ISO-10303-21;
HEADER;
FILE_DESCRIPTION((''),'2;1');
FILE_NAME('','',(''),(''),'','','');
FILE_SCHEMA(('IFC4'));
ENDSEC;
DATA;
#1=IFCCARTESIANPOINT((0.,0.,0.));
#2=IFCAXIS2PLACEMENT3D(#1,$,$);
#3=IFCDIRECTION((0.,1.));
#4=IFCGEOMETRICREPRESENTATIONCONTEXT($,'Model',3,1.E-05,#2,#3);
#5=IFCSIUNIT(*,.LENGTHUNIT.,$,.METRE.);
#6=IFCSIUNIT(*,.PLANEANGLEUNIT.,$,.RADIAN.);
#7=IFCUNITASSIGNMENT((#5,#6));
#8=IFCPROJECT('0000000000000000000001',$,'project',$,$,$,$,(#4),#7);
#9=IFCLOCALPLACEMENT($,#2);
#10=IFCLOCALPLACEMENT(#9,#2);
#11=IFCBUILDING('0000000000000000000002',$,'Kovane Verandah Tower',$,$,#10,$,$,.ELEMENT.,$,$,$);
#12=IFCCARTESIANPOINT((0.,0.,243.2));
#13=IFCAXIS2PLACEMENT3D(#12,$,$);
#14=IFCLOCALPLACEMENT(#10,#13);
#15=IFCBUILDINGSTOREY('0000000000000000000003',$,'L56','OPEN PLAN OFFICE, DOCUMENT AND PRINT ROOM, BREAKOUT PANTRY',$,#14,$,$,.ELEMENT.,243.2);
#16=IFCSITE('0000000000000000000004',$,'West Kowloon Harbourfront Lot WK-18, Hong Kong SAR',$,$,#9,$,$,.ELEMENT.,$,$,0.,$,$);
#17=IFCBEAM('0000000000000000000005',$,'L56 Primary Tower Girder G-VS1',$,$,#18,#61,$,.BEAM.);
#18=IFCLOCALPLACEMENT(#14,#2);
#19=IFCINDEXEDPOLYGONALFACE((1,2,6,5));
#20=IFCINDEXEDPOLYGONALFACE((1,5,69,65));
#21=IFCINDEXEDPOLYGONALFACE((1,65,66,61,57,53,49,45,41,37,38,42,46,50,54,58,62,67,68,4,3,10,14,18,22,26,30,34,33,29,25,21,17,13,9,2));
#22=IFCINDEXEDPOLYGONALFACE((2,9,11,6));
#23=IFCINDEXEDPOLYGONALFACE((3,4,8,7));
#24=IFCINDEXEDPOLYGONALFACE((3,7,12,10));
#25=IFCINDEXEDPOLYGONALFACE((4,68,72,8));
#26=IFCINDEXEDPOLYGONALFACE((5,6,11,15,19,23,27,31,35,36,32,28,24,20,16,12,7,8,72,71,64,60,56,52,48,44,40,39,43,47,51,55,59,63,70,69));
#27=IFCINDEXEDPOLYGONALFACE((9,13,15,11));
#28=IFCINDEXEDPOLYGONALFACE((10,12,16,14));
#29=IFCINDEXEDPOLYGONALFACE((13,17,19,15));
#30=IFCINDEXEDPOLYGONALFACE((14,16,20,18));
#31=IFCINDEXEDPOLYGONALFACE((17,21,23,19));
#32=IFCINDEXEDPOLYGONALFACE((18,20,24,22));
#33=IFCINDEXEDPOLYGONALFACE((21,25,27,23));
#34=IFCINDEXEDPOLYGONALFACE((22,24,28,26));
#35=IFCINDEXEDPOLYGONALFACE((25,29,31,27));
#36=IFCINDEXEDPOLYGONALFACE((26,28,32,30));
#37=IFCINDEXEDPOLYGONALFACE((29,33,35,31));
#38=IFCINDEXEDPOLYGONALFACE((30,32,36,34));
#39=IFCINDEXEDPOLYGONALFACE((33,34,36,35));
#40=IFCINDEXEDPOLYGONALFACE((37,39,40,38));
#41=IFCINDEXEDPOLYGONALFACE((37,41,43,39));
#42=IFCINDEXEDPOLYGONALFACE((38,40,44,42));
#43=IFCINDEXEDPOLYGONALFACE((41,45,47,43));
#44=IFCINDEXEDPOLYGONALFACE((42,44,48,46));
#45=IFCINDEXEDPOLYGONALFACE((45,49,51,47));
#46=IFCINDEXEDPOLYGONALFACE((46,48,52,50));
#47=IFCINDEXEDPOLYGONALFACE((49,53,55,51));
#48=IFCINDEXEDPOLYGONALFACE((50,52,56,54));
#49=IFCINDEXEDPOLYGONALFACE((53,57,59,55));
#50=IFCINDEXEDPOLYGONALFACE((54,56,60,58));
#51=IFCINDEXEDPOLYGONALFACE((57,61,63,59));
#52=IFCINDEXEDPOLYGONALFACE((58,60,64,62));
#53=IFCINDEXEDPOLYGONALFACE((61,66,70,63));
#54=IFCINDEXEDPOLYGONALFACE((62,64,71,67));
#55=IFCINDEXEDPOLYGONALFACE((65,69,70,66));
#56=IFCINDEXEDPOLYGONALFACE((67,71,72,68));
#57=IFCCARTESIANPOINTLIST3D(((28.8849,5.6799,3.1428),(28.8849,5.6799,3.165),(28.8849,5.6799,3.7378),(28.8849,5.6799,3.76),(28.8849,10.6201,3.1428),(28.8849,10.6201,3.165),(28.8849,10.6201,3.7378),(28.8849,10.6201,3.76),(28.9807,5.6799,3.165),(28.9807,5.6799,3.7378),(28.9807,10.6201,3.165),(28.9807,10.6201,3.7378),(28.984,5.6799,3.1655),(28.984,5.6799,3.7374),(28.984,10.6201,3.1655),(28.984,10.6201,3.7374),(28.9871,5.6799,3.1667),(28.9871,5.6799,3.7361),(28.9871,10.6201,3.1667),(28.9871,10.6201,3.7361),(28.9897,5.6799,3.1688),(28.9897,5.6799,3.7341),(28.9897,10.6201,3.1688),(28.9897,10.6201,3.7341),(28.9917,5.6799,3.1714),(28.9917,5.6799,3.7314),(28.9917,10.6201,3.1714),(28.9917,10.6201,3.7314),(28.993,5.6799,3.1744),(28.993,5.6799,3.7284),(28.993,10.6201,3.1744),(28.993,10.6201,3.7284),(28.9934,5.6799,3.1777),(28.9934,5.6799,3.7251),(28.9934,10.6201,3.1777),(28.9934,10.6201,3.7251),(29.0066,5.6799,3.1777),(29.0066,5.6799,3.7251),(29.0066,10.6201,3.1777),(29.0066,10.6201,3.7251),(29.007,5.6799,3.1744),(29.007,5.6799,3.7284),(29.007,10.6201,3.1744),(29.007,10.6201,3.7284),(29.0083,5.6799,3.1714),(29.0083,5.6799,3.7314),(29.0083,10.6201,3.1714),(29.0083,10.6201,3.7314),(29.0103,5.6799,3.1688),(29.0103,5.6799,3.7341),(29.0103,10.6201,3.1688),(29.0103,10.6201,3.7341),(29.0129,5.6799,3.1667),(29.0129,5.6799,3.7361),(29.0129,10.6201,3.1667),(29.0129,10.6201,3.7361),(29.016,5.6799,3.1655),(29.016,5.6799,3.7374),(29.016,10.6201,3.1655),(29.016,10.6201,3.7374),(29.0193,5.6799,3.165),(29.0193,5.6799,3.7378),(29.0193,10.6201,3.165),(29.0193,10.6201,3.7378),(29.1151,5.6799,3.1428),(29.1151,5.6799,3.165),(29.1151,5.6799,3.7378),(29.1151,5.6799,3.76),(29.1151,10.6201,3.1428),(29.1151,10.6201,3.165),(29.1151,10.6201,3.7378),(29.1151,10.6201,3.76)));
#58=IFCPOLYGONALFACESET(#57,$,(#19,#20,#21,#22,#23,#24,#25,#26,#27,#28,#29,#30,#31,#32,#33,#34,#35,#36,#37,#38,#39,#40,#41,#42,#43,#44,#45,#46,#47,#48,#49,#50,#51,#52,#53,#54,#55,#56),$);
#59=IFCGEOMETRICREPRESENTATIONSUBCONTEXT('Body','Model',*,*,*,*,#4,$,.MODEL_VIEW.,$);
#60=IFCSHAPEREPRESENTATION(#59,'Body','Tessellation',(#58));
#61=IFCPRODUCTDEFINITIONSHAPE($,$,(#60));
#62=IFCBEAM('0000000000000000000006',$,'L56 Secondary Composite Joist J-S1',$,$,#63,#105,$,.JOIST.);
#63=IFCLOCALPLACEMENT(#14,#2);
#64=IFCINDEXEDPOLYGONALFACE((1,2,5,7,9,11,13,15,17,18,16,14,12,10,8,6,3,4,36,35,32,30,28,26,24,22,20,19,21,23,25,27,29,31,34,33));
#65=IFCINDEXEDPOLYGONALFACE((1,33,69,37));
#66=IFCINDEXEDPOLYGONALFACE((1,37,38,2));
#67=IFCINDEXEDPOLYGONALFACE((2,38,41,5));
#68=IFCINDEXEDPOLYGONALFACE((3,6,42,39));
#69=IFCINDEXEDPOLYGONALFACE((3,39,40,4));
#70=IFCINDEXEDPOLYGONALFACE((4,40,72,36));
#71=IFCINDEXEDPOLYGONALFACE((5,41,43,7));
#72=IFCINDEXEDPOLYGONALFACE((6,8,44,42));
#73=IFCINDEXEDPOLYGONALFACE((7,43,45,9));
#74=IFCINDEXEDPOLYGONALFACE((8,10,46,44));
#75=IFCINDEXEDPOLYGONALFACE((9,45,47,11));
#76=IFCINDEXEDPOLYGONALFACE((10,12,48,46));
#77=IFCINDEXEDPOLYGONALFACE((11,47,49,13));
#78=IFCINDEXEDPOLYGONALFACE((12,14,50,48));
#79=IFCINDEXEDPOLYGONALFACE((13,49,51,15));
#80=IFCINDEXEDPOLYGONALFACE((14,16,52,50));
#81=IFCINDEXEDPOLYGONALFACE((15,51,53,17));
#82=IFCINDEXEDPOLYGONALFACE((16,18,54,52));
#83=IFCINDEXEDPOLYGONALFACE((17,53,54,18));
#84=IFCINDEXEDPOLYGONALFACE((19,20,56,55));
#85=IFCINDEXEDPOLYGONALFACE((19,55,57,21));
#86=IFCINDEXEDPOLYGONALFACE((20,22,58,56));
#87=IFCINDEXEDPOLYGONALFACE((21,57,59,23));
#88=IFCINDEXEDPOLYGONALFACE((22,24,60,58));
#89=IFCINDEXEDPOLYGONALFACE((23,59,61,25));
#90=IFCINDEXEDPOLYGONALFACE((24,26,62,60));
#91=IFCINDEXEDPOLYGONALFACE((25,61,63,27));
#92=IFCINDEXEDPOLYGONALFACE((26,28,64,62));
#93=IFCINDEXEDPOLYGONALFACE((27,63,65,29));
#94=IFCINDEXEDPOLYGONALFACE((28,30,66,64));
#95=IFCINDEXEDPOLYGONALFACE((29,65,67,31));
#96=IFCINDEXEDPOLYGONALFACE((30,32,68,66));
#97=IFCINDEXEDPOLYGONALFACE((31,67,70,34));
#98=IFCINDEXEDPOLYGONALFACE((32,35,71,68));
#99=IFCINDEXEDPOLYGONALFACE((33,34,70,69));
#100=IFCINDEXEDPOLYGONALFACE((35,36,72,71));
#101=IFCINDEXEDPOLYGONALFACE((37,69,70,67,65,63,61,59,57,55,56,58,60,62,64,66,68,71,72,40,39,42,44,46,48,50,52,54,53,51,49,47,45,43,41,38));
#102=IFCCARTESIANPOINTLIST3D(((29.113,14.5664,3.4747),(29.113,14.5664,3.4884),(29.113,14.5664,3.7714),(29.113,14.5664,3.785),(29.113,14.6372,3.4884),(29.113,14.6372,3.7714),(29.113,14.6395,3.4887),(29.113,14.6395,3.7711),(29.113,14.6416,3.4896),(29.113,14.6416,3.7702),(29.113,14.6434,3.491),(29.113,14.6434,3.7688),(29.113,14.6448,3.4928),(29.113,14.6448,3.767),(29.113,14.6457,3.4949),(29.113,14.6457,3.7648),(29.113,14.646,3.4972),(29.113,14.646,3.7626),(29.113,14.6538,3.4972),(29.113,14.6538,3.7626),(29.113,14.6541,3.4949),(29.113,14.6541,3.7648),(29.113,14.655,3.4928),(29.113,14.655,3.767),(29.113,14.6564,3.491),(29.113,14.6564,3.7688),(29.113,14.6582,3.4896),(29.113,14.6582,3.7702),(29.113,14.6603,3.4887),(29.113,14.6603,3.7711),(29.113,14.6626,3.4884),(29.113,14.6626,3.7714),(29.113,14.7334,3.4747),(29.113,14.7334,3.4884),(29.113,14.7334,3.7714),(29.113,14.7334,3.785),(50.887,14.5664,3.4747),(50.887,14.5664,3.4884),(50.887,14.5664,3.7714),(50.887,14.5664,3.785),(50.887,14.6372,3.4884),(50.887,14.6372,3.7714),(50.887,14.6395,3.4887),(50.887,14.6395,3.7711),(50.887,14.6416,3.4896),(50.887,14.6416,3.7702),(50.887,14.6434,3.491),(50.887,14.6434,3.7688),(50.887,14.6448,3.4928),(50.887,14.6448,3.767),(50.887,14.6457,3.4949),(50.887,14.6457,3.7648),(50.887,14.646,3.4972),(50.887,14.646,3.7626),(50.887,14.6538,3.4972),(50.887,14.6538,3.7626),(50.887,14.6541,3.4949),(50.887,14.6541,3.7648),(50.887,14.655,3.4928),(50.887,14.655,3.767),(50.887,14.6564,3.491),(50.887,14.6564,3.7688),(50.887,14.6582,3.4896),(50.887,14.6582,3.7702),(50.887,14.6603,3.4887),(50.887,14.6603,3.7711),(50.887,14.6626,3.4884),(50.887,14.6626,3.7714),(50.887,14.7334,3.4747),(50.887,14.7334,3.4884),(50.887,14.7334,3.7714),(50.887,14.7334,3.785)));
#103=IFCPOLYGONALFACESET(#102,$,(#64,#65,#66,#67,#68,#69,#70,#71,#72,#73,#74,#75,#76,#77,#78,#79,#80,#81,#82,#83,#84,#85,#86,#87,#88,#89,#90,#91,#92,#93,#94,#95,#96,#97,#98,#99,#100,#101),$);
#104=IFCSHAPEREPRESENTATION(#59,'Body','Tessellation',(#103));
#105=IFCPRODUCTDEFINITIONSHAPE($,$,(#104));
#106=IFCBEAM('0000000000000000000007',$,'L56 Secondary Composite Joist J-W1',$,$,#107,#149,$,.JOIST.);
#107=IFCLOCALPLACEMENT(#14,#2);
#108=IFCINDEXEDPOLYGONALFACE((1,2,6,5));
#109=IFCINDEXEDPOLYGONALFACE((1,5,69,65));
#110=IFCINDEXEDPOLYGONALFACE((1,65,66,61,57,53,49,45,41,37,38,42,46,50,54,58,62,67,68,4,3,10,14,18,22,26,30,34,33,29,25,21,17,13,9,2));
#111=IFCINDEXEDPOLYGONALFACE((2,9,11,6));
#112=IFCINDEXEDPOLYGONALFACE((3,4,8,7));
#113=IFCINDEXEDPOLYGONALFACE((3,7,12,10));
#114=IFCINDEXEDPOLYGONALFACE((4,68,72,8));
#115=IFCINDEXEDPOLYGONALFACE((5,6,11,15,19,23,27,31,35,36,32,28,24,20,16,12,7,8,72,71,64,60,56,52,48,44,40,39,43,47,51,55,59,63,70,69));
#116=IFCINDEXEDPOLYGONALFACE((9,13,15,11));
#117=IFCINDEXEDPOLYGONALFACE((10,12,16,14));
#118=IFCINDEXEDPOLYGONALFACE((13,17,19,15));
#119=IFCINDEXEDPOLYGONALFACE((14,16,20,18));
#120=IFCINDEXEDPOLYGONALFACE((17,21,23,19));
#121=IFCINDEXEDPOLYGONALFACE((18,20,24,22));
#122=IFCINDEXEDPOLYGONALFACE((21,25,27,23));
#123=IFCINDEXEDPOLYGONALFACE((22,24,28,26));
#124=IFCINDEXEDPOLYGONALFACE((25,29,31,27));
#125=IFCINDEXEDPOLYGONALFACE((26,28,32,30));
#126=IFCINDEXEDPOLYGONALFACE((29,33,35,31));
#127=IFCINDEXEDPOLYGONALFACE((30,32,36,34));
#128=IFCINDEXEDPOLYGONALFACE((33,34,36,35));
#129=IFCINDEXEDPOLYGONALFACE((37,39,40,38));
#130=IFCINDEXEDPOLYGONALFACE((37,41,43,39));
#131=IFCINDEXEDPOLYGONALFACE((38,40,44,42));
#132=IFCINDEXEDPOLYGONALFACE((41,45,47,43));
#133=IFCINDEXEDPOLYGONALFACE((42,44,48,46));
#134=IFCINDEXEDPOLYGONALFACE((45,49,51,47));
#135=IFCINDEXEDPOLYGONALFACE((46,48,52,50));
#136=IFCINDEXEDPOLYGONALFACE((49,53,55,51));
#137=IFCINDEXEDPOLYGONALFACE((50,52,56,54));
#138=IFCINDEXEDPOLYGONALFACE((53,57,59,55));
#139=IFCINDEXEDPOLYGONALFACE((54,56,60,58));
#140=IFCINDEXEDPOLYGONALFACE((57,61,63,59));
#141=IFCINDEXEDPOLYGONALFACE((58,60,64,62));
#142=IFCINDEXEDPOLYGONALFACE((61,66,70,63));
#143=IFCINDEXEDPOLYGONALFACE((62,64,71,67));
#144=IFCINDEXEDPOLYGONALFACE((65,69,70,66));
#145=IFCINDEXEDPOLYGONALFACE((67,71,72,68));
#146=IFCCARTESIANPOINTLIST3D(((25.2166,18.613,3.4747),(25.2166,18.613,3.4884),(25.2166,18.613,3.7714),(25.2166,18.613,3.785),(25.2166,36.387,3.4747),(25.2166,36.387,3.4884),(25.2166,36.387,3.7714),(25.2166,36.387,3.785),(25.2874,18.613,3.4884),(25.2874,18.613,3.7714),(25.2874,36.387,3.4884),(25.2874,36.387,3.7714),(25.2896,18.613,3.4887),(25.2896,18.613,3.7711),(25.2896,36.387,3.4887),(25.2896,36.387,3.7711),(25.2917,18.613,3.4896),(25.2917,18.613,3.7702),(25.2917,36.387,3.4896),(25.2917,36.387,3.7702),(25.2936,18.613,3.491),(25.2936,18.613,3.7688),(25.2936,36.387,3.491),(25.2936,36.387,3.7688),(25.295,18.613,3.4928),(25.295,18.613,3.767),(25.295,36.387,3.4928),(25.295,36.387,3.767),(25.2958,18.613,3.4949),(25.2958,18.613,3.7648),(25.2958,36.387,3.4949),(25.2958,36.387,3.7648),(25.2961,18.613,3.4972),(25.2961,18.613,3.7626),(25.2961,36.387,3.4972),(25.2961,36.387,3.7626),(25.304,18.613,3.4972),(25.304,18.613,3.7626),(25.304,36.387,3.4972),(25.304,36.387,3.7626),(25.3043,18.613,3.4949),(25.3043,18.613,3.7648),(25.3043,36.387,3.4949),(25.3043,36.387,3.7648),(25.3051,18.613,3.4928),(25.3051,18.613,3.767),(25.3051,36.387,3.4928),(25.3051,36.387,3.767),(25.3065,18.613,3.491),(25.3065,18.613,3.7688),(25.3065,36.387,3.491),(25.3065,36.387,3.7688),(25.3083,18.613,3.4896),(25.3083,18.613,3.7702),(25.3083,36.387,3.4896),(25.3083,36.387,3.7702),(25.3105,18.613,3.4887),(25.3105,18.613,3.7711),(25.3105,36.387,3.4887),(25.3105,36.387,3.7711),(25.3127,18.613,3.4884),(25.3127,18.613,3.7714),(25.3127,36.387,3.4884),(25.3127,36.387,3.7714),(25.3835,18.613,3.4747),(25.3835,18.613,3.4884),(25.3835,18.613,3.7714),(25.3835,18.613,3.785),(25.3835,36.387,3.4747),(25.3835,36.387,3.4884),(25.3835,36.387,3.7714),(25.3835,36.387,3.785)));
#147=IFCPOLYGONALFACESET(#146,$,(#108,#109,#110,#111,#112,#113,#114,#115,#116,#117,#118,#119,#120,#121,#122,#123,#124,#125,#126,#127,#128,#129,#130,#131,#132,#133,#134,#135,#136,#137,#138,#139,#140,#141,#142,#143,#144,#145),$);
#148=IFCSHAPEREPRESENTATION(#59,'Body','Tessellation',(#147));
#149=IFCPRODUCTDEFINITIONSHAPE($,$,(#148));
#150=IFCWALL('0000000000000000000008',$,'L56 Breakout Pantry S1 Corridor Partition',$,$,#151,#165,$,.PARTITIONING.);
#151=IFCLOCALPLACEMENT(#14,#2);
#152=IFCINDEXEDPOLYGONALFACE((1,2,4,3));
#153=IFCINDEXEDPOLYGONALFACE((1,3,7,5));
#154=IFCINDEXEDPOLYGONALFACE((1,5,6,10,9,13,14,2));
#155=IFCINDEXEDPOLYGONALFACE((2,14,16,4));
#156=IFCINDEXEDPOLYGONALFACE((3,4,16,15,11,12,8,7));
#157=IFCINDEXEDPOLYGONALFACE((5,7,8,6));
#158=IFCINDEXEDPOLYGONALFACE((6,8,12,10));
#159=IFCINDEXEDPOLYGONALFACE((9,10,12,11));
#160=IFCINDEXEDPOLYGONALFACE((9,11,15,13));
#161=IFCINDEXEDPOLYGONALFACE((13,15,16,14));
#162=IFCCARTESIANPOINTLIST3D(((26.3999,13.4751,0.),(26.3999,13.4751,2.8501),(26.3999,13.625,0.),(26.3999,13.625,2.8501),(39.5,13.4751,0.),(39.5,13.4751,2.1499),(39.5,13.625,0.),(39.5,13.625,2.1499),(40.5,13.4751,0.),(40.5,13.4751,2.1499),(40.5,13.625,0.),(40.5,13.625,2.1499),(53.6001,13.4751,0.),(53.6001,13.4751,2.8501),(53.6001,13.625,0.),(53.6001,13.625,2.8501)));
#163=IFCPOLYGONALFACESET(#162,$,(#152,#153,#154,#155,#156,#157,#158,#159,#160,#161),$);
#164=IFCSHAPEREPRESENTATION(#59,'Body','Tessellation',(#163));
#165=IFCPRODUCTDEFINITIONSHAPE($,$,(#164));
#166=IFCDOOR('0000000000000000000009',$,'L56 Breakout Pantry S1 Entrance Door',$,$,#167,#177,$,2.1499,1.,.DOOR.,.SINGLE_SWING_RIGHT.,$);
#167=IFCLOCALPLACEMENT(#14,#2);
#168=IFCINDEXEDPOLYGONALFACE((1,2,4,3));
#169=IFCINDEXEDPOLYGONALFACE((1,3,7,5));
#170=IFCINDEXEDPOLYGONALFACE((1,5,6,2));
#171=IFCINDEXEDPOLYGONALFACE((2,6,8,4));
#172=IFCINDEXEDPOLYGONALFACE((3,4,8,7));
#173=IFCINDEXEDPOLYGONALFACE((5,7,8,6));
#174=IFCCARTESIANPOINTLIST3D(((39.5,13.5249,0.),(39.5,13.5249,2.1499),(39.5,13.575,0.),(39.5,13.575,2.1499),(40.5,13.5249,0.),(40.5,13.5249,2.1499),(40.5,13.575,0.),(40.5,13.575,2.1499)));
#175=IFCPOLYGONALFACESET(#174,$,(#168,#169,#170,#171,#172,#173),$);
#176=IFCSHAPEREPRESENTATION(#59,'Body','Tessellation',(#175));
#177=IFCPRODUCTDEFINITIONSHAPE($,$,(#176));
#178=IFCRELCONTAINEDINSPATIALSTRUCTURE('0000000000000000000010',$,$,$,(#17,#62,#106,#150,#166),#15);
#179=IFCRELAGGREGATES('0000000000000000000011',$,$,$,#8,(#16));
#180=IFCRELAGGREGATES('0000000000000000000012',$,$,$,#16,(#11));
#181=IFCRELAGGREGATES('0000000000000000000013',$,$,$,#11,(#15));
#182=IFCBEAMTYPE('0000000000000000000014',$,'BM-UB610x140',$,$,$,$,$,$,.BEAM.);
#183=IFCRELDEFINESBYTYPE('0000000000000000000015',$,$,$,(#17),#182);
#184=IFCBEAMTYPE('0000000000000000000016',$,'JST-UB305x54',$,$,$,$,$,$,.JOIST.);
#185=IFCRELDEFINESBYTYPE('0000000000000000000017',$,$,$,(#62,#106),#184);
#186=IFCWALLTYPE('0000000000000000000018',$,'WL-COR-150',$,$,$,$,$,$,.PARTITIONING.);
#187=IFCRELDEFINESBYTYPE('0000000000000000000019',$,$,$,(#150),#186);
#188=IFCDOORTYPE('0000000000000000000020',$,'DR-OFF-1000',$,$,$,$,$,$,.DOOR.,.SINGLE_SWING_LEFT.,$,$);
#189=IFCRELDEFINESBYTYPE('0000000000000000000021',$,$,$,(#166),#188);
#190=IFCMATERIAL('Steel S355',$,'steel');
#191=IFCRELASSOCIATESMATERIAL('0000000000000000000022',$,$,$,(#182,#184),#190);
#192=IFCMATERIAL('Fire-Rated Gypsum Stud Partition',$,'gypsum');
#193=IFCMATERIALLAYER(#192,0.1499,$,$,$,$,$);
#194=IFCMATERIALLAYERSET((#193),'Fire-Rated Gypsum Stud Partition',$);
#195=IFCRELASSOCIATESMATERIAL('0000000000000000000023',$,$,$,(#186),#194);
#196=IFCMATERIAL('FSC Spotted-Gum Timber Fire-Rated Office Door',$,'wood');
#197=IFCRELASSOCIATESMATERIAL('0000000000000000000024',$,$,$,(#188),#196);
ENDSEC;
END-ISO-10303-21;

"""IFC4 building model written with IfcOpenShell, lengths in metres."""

from ifc_helpers import new_model, si_unit, direction, frame, frame_2d, origin, origin_2d, place, context, subcontext, project, spatial, rectangle, i_section, extrude, material, layer, layer_set, material_profile, profile_set, type_object, element, fill, save


model = new_model("IFC4")

# Units and contexts
model_context = context("Model", 3, precision=1e-05, world=origin(), true_north=direction((0.0, 1.0)))
body_context = subcontext(model_context, "Body", "Model", "MODEL_VIEW")
ifc_project = project(units=[si_unit("LENGTHUNIT", "METRE"), si_unit("PLANEANGLEUNIT", "RADIAN")], contexts=[model_context])

# Site, building, storey
site_placement = place(None, origin())
site = spatial("IfcSite", under=ifc_project, at=site_placement, Name="West Kowloon Harbourfront Lot WK-18, Hong Kong SAR", CompositionType="ELEMENT", RefElevation=0.0)
building_placement = place(site_placement, origin())
building = spatial("IfcBuilding", under=site, at=building_placement, Name="Kovane Verandah Tower", CompositionType="ELEMENT")
storey_placement = place(building_placement, frame((0.0, 0.0, 243.2)))
storey = spatial("IfcBuildingStorey", under=building, at=storey_placement, Name="L56", Description="OPEN PLAN OFFICE, DOCUMENT AND PRINT ROOM, BREAKOUT PANTRY", CompositionType="ELEMENT", Elevation=243.2)

# Beams
ifc_material_1 = material(Name="Steel S355", Category="steel")
ifc_material_profile_1 = material_profile(ifc_material_1, i_section(OverallWidth=0.2302, OverallDepth=0.6172, WebThickness=0.0132, FlangeThickness=0.0222, FilletRadius=0.0127, at=origin_2d()), Name="UB610x229x140")
ifc_profile_set_1 = profile_set([ifc_material_profile_1], Name="Steel S355")
beam_type_1 = type_object("IfcBeamType", Name="BM-UB610x140", PredefinedType="BEAM", material=ifc_profile_set_1)
beam_1_placement = place(storey_placement, frame((29.0, 10.6201, 3.4514), z_axis=(0.0, -1.0, 0.0), x_axis=(1.0, 0.0, 0.0)))
element("IfcBeam", 1, at=beam_1_placement, inside=storey, type_object=beam_type_1, Name="L56 Primary Tower Girder G-VS1", PredefinedType="BEAM", context=body_context, shape_type="SweptSolid", body=[
    extrude(i_section(OverallWidth=0.2302, OverallDepth=0.6172, WebThickness=0.0132, FlangeThickness=0.0222, FilletRadius=0.0127, at=origin_2d()), origin(), (0.0, 0.0, 1.0), 4.9402),
])
ifc_material_profile_2 = material_profile(ifc_material_1, i_section(OverallWidth=0.167, OverallDepth=0.3103, WebThickness=0.0078, FlangeThickness=0.0137, FilletRadius=0.0088, at=origin_2d()), Name="UB305x165x54")
ifc_profile_set_2 = profile_set([ifc_material_profile_2], Name="Steel S355")
beam_type_2 = type_object("IfcBeamType", Name="JST-UB305x54", PredefinedType="JOIST", material=ifc_profile_set_2)
beam_2_placement = place(storey_placement, frame((29.113, 14.6499, 3.6299), z_axis=(1.0, 0.0, 0.0), x_axis=(0.0, 1.0, 0.0)))
element("IfcBeam", 2, at=beam_2_placement, inside=storey, type_object=beam_type_2, Name="L56 Secondary Composite Joist J-S1", PredefinedType="JOIST", context=body_context, shape_type="SweptSolid", body=[
    extrude(i_section(OverallWidth=0.167, OverallDepth=0.3103, WebThickness=0.0078, FlangeThickness=0.0137, FilletRadius=0.0088, at=origin_2d()), origin(), (0.0, 0.0, 1.0), 21.7739),
])
beam_3_placement = place(storey_placement, frame((25.3, 18.613, 3.6299), z_axis=(0.0, 1.0, 0.0), x_axis=(-1.0, 0.0, 0.0)))
element("IfcBeam", 3, at=beam_3_placement, inside=storey, type_object=beam_type_2, Name="L56 Secondary Composite Joist J-W1", PredefinedType="JOIST", context=body_context, shape_type="SweptSolid", body=[
    extrude(i_section(OverallWidth=0.167, OverallDepth=0.3103, WebThickness=0.0078, FlangeThickness=0.0137, FilletRadius=0.0088, at=origin_2d()), origin(), (0.0, 0.0, 1.0), 17.7739),
])

# Wall, opening, door
ifc_material_2 = material(Name="Fire-Rated Gypsum Stud Partition", Category="gypsum")
ifc_layer_1 = layer(ifc_material_2, 0.1499)
ifc_layer_set_1 = layer_set([ifc_layer_1], Name="Fire-Rated Gypsum Stud Partition")
wall_type_1 = type_object("IfcWallType", Name="WL-COR-150", PredefinedType="PARTITIONING", material=ifc_layer_set_1)
wall_1_placement = place(storey_placement, frame((26.3999, 13.55, 0.0), z_axis=(0.0, 0.0, 1.0), x_axis=(1.0, 0.0, 0.0)))
wall_1 = element("IfcWall", 4, at=wall_1_placement, inside=storey, type_object=wall_type_1, Name="L56 Breakout Pantry S1 Corridor Partition", PredefinedType="PARTITIONING", context=body_context, shape_type="SweptSolid", body=[
    extrude(rectangle(XDim=27.2002, YDim=0.1499, at=frame_2d((13.6001, 0.0))), origin(), (0.0, 0.0, 1.0), 2.8501),
])
opening_1_placement = place(wall_1_placement, frame((13.1001, 0.0, 0.0)))
opening_1 = element("IfcOpeningElement", 5, at=opening_1_placement, cuts=wall_1, PredefinedType="OPENING", context=body_context, shape_type="SweptSolid", body=[
    extrude(rectangle(XDim=1.0, YDim=2.1499, at=frame_2d((0.5, 1.075))), frame((0.0, 0.075, 0.0), z_axis=(0.0, -1.0, 0.0), x_axis=(1.0, 0.0, 0.0)), (0.0, 0.0, 1.0), 0.1499),
])
ifc_material_3 = material(Name="FSC Spotted-Gum Timber Fire-Rated Office Door", Category="wood")
door_type = type_object("IfcDoorType", Name="DR-OFF-1000", OperationType="SINGLE_SWING_LEFT", PredefinedType="DOOR", material=ifc_material_3)
door_1_placement = place(opening_1_placement, origin())
door_1 = element("IfcDoor", 6, at=door_1_placement, inside=storey, type_object=door_type, Name="L56 Breakout Pantry S1 Entrance Door", OperationType="SINGLE_SWING_RIGHT", OverallHeight=2.1499, OverallWidth=1.0, PredefinedType="DOOR", context=body_context, shape_type="SweptSolid", body=[
    extrude(rectangle(XDim=1.0, YDim=2.1499, at=frame_2d((0.5, 1.075))), frame((0.0, 0.0249, 0.0), z_axis=(0.0, -1.0, 0.0), x_axis=(1.0, 0.0, 0.0)), (0.0, 0.0, 1.0), 0.05),
])
fill(opening_1, door_1)

save(model, "model.ifc")
